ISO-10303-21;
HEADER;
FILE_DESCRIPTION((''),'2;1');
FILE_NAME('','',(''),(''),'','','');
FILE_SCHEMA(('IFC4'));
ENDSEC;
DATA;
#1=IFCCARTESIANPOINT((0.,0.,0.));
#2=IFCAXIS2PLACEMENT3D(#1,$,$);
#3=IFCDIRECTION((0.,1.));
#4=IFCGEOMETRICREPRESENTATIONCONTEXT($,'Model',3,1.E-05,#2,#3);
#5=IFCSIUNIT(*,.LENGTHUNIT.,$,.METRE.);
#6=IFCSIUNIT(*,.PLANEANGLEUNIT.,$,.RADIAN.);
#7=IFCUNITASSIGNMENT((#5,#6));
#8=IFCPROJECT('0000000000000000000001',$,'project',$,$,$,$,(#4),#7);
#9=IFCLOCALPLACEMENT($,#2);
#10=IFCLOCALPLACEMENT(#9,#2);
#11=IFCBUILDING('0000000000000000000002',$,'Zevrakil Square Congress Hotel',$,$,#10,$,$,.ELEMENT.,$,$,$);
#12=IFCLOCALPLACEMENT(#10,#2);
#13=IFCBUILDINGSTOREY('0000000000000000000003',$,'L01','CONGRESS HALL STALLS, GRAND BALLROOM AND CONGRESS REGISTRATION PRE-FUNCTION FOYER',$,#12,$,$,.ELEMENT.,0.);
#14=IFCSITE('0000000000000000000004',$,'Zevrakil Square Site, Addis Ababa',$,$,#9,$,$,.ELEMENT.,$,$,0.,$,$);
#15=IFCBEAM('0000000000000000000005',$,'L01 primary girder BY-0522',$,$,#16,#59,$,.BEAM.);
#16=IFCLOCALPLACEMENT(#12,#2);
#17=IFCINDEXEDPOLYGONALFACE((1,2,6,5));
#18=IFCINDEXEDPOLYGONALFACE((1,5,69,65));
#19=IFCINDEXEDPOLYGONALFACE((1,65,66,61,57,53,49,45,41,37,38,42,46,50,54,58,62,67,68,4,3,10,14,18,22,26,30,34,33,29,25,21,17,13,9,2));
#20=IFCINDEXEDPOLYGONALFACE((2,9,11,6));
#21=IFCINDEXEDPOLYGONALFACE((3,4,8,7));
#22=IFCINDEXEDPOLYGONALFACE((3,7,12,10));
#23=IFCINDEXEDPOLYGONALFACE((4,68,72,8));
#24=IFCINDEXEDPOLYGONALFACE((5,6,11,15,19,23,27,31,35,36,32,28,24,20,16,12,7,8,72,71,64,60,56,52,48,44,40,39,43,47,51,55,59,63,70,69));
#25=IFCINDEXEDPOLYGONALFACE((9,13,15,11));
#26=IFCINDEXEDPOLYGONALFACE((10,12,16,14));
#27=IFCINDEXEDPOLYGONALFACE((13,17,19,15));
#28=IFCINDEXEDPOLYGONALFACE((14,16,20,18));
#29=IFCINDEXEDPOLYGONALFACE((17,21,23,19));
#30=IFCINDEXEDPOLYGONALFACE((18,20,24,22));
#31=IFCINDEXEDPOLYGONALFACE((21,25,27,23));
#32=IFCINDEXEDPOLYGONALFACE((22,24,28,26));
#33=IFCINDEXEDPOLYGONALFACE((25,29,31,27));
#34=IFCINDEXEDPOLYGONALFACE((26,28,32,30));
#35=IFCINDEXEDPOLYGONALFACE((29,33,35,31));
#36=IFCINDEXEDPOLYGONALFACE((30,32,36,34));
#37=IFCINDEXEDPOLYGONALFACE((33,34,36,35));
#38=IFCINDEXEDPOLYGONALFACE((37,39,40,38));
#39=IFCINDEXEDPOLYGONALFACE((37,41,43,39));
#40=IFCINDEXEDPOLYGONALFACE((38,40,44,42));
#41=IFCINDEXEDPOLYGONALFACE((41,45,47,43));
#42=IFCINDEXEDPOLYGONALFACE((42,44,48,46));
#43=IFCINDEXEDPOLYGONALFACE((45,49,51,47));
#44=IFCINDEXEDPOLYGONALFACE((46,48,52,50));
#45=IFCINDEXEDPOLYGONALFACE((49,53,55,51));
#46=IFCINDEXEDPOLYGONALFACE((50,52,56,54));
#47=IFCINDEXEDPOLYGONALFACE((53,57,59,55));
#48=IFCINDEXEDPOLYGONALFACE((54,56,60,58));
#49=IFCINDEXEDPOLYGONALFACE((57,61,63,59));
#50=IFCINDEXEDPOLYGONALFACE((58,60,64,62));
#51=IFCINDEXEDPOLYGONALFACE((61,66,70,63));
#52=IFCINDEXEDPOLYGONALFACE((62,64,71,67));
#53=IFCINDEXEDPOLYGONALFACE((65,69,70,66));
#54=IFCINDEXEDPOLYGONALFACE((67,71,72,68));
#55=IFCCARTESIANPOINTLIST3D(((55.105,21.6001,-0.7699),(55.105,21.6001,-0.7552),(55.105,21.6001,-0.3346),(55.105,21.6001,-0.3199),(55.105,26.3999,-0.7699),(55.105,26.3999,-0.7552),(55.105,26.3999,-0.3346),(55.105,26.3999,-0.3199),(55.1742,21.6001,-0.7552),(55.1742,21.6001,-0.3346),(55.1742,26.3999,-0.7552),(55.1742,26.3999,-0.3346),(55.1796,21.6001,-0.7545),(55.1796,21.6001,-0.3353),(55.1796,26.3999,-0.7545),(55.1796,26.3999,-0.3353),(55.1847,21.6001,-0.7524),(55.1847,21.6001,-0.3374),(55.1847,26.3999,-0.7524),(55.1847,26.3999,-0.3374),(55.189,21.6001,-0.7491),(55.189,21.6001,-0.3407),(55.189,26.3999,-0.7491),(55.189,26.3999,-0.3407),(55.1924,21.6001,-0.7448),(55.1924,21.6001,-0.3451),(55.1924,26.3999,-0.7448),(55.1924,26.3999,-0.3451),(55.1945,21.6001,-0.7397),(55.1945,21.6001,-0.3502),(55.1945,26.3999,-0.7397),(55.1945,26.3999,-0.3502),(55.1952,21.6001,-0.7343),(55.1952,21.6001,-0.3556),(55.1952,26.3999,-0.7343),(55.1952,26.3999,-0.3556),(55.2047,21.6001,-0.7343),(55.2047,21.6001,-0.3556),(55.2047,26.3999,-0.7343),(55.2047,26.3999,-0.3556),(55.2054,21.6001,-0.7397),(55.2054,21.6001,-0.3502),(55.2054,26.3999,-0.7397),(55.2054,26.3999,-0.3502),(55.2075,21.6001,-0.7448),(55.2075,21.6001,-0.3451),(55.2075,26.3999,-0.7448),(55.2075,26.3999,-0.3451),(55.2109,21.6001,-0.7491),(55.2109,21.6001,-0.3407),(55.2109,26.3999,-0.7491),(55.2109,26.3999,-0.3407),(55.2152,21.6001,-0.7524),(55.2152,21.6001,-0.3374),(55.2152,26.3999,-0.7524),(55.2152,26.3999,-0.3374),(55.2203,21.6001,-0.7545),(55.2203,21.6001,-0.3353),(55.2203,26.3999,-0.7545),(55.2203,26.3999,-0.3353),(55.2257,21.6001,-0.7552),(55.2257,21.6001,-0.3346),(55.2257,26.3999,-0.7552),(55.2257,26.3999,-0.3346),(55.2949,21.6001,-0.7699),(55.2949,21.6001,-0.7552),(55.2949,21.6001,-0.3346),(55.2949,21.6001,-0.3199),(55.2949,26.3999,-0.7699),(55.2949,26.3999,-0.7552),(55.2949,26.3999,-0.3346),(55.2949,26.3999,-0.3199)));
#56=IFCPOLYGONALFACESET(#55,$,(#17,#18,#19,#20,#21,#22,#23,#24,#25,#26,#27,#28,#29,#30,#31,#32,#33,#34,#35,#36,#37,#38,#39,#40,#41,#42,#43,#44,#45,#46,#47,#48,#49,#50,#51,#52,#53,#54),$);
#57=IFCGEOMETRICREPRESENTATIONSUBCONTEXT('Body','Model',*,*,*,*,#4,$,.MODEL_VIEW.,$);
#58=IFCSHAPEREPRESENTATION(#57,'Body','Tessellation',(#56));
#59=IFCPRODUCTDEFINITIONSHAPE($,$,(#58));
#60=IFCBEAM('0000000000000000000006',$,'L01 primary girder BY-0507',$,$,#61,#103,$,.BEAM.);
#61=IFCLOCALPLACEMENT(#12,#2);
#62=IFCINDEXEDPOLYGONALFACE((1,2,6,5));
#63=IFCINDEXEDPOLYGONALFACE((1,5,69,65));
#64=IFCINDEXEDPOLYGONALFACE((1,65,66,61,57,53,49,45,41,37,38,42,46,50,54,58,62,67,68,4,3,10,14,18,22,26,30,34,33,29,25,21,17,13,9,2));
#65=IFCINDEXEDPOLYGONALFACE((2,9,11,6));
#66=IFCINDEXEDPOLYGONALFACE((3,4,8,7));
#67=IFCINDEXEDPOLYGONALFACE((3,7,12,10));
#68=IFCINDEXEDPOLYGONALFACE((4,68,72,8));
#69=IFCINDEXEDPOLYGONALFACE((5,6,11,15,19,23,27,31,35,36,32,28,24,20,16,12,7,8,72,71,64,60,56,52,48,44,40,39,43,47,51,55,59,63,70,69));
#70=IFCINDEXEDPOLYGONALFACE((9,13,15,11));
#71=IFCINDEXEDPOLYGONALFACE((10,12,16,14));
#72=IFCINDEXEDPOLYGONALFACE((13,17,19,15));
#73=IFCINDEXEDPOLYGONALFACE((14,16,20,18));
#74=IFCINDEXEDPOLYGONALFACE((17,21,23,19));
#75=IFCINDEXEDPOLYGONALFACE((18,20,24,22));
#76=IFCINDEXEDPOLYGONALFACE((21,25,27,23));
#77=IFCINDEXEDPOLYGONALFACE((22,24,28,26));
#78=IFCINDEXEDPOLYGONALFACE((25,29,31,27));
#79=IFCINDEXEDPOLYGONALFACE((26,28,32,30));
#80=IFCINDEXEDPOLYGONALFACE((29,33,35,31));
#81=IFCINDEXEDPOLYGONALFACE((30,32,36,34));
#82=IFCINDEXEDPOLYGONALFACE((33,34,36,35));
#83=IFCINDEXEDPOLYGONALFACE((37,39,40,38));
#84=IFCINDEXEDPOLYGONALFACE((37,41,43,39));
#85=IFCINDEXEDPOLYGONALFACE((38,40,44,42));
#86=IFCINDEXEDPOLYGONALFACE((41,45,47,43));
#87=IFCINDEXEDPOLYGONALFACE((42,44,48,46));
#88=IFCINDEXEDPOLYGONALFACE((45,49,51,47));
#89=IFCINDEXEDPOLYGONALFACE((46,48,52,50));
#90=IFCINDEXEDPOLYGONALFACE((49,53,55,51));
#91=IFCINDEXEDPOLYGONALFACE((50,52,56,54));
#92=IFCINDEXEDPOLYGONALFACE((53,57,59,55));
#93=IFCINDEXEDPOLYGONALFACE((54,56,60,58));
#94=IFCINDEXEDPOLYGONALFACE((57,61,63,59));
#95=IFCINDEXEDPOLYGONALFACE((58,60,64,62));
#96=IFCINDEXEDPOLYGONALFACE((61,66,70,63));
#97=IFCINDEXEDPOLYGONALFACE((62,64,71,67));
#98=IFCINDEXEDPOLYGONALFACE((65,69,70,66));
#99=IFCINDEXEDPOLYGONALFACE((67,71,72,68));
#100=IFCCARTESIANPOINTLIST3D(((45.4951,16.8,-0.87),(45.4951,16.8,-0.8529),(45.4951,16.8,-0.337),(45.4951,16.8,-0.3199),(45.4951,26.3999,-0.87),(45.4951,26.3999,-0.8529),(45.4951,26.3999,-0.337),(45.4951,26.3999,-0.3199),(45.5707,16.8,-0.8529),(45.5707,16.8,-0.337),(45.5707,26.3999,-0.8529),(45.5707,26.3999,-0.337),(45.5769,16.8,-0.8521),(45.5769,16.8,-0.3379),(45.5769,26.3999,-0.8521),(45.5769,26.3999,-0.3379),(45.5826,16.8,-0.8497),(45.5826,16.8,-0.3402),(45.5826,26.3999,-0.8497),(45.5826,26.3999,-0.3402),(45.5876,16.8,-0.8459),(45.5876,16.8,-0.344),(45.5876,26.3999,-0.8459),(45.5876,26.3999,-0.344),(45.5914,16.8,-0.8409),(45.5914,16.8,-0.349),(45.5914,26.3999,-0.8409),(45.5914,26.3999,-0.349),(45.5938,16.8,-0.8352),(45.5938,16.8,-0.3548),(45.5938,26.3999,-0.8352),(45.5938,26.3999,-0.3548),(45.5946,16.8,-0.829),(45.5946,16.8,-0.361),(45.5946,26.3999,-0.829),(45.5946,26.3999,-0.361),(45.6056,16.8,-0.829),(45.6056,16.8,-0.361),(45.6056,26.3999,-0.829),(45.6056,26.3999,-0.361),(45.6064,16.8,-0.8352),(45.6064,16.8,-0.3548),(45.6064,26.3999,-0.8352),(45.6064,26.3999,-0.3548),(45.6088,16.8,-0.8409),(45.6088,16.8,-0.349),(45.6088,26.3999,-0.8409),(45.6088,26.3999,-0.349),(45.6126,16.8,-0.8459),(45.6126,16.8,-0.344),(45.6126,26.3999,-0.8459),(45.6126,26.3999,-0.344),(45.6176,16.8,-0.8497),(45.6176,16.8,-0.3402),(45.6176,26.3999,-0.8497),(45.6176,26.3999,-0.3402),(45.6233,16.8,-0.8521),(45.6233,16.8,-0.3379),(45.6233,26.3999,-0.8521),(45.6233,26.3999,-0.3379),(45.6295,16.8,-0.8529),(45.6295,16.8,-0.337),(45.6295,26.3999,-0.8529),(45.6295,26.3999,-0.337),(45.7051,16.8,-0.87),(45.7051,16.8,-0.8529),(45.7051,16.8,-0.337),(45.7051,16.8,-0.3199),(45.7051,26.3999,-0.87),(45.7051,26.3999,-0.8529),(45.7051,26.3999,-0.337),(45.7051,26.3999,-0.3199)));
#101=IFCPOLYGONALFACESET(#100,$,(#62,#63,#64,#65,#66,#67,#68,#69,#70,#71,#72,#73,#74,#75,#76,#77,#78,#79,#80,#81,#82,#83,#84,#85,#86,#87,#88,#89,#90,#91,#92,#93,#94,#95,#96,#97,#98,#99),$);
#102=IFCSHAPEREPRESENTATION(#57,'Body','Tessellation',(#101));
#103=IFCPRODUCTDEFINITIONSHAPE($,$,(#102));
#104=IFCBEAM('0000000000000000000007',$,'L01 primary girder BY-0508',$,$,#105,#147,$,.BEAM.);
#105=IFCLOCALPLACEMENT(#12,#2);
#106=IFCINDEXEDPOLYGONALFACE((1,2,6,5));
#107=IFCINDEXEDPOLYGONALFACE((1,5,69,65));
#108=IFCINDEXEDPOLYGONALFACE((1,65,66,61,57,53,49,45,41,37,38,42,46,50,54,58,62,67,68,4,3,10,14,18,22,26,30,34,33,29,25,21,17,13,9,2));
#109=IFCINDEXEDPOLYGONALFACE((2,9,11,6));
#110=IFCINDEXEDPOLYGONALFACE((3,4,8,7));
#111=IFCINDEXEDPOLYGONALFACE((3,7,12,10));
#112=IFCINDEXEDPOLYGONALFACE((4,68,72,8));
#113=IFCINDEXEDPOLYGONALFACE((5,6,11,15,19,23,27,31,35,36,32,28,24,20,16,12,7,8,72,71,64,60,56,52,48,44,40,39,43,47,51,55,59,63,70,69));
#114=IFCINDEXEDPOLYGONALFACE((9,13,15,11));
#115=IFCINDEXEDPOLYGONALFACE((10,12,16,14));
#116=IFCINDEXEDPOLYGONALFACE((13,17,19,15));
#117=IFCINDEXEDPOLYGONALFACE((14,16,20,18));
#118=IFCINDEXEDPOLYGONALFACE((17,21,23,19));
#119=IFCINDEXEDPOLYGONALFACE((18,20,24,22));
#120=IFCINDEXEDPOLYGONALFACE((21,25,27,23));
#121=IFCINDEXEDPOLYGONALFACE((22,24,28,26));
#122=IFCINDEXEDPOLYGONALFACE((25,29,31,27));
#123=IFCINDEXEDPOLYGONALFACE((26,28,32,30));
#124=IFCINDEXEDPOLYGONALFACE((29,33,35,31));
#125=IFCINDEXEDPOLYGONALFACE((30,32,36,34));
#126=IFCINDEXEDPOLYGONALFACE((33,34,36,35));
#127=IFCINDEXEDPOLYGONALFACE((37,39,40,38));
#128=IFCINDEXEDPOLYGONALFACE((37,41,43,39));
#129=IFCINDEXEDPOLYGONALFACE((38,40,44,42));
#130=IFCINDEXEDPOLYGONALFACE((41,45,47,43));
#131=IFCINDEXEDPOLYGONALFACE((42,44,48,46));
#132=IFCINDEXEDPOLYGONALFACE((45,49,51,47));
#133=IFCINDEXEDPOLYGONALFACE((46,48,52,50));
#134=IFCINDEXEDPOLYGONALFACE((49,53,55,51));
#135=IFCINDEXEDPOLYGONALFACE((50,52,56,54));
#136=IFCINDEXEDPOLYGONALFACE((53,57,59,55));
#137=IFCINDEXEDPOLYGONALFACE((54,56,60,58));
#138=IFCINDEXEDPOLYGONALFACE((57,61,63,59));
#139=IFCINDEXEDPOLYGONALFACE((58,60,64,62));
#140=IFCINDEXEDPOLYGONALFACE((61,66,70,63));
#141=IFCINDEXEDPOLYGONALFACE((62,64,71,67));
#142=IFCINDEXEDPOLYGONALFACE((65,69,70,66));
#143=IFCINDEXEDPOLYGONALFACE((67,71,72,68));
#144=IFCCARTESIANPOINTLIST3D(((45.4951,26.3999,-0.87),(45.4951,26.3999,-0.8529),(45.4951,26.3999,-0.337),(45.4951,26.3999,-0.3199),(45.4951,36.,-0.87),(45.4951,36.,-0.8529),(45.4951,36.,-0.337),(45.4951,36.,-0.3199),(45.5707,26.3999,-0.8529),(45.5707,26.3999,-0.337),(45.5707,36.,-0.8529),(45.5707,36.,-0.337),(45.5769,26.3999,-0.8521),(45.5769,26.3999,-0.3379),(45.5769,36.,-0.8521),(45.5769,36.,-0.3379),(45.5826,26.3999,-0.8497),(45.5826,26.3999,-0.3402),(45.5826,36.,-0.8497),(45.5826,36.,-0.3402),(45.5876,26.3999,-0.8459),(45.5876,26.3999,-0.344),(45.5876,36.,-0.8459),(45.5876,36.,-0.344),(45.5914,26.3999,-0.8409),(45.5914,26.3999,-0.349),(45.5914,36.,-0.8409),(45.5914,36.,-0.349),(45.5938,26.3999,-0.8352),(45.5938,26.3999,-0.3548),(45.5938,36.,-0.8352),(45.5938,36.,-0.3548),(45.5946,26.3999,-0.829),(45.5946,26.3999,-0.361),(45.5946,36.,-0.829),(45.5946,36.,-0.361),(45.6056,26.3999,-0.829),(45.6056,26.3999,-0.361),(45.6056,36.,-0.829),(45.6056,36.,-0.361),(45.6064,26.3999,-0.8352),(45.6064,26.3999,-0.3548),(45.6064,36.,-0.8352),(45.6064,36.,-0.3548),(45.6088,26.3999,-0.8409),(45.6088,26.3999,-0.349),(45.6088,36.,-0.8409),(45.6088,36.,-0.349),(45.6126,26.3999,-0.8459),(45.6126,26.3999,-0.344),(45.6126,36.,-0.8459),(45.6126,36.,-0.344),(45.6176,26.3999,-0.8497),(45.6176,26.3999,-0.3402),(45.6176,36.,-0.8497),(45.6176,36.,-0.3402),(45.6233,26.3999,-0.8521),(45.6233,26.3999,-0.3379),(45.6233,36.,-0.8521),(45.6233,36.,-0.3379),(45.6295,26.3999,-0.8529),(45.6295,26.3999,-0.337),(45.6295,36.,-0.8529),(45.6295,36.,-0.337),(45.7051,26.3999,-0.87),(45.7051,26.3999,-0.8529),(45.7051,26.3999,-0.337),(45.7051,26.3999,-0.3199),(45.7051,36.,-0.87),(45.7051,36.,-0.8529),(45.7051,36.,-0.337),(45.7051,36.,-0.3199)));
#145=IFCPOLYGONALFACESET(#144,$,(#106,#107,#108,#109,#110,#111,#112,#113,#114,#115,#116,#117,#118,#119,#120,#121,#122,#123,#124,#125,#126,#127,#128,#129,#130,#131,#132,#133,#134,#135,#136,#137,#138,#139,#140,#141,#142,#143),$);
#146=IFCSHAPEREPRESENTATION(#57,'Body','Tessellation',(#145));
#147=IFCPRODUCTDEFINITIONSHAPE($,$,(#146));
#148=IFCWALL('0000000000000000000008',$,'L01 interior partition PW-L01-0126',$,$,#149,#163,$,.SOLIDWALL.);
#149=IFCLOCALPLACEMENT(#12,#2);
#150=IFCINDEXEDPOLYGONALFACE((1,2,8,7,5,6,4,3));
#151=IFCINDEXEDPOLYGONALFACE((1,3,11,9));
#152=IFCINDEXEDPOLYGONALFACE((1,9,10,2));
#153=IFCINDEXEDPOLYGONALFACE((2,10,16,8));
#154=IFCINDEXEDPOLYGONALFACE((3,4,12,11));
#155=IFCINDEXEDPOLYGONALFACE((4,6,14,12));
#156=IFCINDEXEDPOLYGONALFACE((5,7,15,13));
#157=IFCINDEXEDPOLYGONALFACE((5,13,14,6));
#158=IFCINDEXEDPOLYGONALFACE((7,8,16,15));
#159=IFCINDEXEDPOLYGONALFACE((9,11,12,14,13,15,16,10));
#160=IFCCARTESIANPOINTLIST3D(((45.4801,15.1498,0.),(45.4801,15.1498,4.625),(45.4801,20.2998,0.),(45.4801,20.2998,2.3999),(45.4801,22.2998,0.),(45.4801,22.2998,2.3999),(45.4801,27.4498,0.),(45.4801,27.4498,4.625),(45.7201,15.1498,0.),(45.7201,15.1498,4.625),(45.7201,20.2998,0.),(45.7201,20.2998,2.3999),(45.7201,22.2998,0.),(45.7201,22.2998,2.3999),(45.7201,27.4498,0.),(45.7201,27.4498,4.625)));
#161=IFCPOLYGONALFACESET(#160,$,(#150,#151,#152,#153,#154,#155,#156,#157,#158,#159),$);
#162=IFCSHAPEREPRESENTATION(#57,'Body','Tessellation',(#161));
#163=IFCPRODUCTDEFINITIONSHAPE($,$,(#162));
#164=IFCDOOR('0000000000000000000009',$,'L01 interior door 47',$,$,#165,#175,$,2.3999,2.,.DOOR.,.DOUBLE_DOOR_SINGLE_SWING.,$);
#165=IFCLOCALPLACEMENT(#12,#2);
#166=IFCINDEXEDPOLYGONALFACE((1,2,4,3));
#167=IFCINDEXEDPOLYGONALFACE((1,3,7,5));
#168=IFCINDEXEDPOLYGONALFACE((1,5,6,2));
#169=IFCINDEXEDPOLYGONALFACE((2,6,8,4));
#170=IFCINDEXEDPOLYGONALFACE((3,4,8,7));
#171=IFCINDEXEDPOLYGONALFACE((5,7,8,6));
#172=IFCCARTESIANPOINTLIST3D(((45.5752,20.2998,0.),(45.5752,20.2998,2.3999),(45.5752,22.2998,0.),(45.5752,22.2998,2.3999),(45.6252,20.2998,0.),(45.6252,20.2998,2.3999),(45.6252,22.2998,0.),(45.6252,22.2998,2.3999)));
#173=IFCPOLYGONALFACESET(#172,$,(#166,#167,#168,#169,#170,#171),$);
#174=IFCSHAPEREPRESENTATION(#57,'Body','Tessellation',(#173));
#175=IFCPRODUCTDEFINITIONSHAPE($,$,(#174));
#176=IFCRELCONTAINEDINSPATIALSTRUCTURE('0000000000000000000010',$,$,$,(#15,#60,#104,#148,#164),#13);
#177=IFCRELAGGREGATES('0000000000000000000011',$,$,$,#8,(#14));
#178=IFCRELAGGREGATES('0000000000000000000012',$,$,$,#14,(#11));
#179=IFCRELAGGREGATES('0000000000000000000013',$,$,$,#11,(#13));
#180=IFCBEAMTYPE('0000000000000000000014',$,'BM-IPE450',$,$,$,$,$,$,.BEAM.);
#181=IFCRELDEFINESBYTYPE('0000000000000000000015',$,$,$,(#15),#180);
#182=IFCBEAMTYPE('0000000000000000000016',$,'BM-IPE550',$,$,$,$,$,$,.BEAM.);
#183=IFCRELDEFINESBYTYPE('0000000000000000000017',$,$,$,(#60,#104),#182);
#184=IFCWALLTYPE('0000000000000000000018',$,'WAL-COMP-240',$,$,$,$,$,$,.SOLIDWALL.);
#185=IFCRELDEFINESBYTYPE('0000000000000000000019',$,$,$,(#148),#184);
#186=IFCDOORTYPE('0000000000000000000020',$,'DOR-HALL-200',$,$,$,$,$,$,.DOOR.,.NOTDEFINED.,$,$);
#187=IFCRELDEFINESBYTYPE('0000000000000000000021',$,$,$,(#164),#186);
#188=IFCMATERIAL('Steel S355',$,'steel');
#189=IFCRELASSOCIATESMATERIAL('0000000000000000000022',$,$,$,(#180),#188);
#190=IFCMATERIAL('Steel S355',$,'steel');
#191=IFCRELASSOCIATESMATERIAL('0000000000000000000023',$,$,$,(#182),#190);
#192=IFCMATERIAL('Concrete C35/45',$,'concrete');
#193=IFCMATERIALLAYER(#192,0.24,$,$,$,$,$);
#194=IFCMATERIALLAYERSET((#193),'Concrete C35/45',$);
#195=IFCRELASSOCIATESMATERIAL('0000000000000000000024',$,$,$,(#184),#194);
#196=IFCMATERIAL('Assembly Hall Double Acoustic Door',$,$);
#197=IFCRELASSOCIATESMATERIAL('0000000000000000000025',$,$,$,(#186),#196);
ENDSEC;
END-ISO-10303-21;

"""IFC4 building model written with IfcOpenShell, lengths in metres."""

from ifc_helpers import new_model, si_unit, direction, frame, frame_2d, origin, origin_2d, place, context, subcontext, project, spatial, rectangle, i_section, extrude, material, layer, layer_set, material_profile, profile_set, type_object, element, fill, save


model = new_model("IFC4")

# Units and contexts
model_context = context("Model", 3, precision=1e-05, world=origin(), true_north=direction((0.0, 1.0)))
body_context = subcontext(model_context, "Body", "Model", "MODEL_VIEW")
ifc_project = project(units=[si_unit("LENGTHUNIT", "METRE"), si_unit("PLANEANGLEUNIT", "RADIAN")], contexts=[model_context])

# Site, building, storey
site_placement = place(None, origin())
site = spatial("IfcSite", under=ifc_project, at=site_placement, Name="Zevrakil Square Site, Addis Ababa", CompositionType="ELEMENT", RefElevation=0.0)
building_placement = place(site_placement, origin())
building = spatial("IfcBuilding", under=site, at=building_placement, Name="Zevrakil Square Congress Hotel", CompositionType="ELEMENT")
storey_placement = place(building_placement, origin())
storey = spatial("IfcBuildingStorey", under=building, at=storey_placement, Name="L01", Description="CONGRESS HALL STALLS, GRAND BALLROOM AND CONGRESS REGISTRATION PRE-FUNCTION FOYER", CompositionType="ELEMENT", Elevation=0.0)

# Beams
ifc_material_1 = material(Name="Steel S355", Category="steel")
ifc_material_profile_1 = material_profile(ifc_material_1, i_section(OverallWidth=0.1899, OverallDepth=0.45, WebThickness=0.0095, FlangeThickness=0.0146, FilletRadius=0.021, at=origin_2d()), Name="IPE 450")
ifc_profile_set_1 = profile_set([ifc_material_profile_1], Name="Steel S355")
beam_type_1 = type_object("IfcBeamType", Name="BM-IPE450", PredefinedType="BEAM", material=ifc_profile_set_1)
beam_1_placement = place(storey_placement, frame((55.2, 21.6001, -0.5449), z_axis=(0.0, 1.0, 0.0), x_axis=(-1.0, 0.0, 0.0)))
element("IfcBeam", 1, at=beam_1_placement, inside=storey, type_object=beam_type_1, Name="L01 primary girder BY-0522", PredefinedType="BEAM", context=body_context, shape_type="SweptSolid", body=[
    extrude(i_section(OverallWidth=0.1899, OverallDepth=0.45, WebThickness=0.0095, FlangeThickness=0.0146, FilletRadius=0.021, at=origin_2d()), origin(), (0.0, 0.0, 1.0), 4.7998),
])
ifc_material_2 = material(Name="Steel S355", Category="steel")
ifc_material_profile_2 = material_profile(ifc_material_2, i_section(OverallWidth=0.21, OverallDepth=0.55, WebThickness=0.011, FlangeThickness=0.0171, FilletRadius=0.0239, at=origin_2d()), Name="IPE 550")
ifc_profile_set_2 = profile_set([ifc_material_profile_2], Name="Steel S355")
beam_type_2 = type_object("IfcBeamType", Name="BM-IPE550", PredefinedType="BEAM", material=ifc_profile_set_2)
beam_2_placement = place(storey_placement, frame((45.6001, 16.8, -0.595), z_axis=(0.0, 1.0, 0.0), x_axis=(-1.0, 0.0, 0.0)))
element("IfcBeam", 2, at=beam_2_placement, inside=storey, type_object=beam_type_2, Name="L01 primary girder BY-0507", PredefinedType="BEAM", context=body_context, shape_type="SweptSolid", body=[
    extrude(i_section(OverallWidth=0.21, OverallDepth=0.55, WebThickness=0.011, FlangeThickness=0.0171, FilletRadius=0.0239, at=origin_2d()), origin(), (0.0, 0.0, 1.0), 9.5999),
])
beam_3_placement = place(storey_placement, frame((45.6001, 26.3999, -0.595), z_axis=(0.0, 1.0, 0.0), x_axis=(-1.0, 0.0, 0.0)))
element("IfcBeam", 3, at=beam_3_placement, inside=storey, type_object=beam_type_2, Name="L01 primary girder BY-0508", PredefinedType="BEAM", context=body_context, shape_type="SweptSolid", body=[
    extrude(i_section(OverallWidth=0.21, OverallDepth=0.55, WebThickness=0.011, FlangeThickness=0.0171, FilletRadius=0.0239, at=origin_2d()), origin(), (0.0, 0.0, 1.0), 9.6001),
])

# Wall, opening, door
ifc_material_3 = material(Name="Concrete C35/45", Category="concrete")
ifc_layer_1 = layer(ifc_material_3, 0.24)
ifc_layer_set_1 = layer_set([ifc_layer_1], Name="Concrete C35/45")
wall_type_1 = type_object("IfcWallType", Name="WAL-COMP-240", PredefinedType="SOLIDWALL", material=ifc_layer_set_1)
wall_1_placement = place(storey_placement, frame((45.6001, 15.1499, 0.0), z_axis=(0.0, 0.0, 1.0), x_axis=(0.0, 1.0, 0.0)))
wall_1 = element("IfcWall", 4, at=wall_1_placement, inside=storey, type_object=wall_type_1, Name="L01 interior partition PW-L01-0126", PredefinedType="SOLIDWALL", context=body_context, shape_type="SweptSolid", body=[
    extrude(rectangle(XDim=12.3, YDim=0.24, at=frame_2d((6.1499, 0.0))), origin(), (0.0, 0.0, 1.0), 4.625),
])
opening_1_placement = place(wall_1_placement, frame((5.1499, 0.0, 0.0)))
opening_1 = element("IfcOpeningElement", 5, at=opening_1_placement, cuts=wall_1, PredefinedType="OPENING", context=body_context, shape_type="SweptSolid", body=[
    extrude(rectangle(XDim=2.0, YDim=2.3999, at=frame_2d((1.0, 1.2))), frame((0.0, 0.1299, 0.0), z_axis=(0.0, -1.0, 0.0), x_axis=(1.0, 0.0, 0.0)), (0.0, 0.0, 1.0), 0.26),
])
ifc_material_4 = material(Name="Assembly Hall Double Acoustic Door")
door_type_1 = type_object("IfcDoorType", Name="DOR-HALL-200", OperationType="NOTDEFINED", PredefinedType="DOOR", material=ifc_material_4)
door_1_placement = place(opening_1_placement, origin())
door_1 = element("IfcDoor", 6, at=door_1_placement, inside=storey, type_object=door_type_1, Name="L01 interior door 47", OperationType="DOUBLE_DOOR_SINGLE_SWING", OverallHeight=2.3999, OverallWidth=2.0, PredefinedType="DOOR", context=body_context, shape_type="SweptSolid", body=[
    extrude(rectangle(XDim=2.0, YDim=2.3999, at=frame_2d((1.0, 1.2))), frame((0.0, 0.0249, 0.0), z_axis=(0.0, -1.0, 0.0), x_axis=(1.0, 0.0, 0.0)), (0.0, 0.0, 1.0), 0.05),
])
fill(opening_1, door_1)

save(model, "model.ifc")
